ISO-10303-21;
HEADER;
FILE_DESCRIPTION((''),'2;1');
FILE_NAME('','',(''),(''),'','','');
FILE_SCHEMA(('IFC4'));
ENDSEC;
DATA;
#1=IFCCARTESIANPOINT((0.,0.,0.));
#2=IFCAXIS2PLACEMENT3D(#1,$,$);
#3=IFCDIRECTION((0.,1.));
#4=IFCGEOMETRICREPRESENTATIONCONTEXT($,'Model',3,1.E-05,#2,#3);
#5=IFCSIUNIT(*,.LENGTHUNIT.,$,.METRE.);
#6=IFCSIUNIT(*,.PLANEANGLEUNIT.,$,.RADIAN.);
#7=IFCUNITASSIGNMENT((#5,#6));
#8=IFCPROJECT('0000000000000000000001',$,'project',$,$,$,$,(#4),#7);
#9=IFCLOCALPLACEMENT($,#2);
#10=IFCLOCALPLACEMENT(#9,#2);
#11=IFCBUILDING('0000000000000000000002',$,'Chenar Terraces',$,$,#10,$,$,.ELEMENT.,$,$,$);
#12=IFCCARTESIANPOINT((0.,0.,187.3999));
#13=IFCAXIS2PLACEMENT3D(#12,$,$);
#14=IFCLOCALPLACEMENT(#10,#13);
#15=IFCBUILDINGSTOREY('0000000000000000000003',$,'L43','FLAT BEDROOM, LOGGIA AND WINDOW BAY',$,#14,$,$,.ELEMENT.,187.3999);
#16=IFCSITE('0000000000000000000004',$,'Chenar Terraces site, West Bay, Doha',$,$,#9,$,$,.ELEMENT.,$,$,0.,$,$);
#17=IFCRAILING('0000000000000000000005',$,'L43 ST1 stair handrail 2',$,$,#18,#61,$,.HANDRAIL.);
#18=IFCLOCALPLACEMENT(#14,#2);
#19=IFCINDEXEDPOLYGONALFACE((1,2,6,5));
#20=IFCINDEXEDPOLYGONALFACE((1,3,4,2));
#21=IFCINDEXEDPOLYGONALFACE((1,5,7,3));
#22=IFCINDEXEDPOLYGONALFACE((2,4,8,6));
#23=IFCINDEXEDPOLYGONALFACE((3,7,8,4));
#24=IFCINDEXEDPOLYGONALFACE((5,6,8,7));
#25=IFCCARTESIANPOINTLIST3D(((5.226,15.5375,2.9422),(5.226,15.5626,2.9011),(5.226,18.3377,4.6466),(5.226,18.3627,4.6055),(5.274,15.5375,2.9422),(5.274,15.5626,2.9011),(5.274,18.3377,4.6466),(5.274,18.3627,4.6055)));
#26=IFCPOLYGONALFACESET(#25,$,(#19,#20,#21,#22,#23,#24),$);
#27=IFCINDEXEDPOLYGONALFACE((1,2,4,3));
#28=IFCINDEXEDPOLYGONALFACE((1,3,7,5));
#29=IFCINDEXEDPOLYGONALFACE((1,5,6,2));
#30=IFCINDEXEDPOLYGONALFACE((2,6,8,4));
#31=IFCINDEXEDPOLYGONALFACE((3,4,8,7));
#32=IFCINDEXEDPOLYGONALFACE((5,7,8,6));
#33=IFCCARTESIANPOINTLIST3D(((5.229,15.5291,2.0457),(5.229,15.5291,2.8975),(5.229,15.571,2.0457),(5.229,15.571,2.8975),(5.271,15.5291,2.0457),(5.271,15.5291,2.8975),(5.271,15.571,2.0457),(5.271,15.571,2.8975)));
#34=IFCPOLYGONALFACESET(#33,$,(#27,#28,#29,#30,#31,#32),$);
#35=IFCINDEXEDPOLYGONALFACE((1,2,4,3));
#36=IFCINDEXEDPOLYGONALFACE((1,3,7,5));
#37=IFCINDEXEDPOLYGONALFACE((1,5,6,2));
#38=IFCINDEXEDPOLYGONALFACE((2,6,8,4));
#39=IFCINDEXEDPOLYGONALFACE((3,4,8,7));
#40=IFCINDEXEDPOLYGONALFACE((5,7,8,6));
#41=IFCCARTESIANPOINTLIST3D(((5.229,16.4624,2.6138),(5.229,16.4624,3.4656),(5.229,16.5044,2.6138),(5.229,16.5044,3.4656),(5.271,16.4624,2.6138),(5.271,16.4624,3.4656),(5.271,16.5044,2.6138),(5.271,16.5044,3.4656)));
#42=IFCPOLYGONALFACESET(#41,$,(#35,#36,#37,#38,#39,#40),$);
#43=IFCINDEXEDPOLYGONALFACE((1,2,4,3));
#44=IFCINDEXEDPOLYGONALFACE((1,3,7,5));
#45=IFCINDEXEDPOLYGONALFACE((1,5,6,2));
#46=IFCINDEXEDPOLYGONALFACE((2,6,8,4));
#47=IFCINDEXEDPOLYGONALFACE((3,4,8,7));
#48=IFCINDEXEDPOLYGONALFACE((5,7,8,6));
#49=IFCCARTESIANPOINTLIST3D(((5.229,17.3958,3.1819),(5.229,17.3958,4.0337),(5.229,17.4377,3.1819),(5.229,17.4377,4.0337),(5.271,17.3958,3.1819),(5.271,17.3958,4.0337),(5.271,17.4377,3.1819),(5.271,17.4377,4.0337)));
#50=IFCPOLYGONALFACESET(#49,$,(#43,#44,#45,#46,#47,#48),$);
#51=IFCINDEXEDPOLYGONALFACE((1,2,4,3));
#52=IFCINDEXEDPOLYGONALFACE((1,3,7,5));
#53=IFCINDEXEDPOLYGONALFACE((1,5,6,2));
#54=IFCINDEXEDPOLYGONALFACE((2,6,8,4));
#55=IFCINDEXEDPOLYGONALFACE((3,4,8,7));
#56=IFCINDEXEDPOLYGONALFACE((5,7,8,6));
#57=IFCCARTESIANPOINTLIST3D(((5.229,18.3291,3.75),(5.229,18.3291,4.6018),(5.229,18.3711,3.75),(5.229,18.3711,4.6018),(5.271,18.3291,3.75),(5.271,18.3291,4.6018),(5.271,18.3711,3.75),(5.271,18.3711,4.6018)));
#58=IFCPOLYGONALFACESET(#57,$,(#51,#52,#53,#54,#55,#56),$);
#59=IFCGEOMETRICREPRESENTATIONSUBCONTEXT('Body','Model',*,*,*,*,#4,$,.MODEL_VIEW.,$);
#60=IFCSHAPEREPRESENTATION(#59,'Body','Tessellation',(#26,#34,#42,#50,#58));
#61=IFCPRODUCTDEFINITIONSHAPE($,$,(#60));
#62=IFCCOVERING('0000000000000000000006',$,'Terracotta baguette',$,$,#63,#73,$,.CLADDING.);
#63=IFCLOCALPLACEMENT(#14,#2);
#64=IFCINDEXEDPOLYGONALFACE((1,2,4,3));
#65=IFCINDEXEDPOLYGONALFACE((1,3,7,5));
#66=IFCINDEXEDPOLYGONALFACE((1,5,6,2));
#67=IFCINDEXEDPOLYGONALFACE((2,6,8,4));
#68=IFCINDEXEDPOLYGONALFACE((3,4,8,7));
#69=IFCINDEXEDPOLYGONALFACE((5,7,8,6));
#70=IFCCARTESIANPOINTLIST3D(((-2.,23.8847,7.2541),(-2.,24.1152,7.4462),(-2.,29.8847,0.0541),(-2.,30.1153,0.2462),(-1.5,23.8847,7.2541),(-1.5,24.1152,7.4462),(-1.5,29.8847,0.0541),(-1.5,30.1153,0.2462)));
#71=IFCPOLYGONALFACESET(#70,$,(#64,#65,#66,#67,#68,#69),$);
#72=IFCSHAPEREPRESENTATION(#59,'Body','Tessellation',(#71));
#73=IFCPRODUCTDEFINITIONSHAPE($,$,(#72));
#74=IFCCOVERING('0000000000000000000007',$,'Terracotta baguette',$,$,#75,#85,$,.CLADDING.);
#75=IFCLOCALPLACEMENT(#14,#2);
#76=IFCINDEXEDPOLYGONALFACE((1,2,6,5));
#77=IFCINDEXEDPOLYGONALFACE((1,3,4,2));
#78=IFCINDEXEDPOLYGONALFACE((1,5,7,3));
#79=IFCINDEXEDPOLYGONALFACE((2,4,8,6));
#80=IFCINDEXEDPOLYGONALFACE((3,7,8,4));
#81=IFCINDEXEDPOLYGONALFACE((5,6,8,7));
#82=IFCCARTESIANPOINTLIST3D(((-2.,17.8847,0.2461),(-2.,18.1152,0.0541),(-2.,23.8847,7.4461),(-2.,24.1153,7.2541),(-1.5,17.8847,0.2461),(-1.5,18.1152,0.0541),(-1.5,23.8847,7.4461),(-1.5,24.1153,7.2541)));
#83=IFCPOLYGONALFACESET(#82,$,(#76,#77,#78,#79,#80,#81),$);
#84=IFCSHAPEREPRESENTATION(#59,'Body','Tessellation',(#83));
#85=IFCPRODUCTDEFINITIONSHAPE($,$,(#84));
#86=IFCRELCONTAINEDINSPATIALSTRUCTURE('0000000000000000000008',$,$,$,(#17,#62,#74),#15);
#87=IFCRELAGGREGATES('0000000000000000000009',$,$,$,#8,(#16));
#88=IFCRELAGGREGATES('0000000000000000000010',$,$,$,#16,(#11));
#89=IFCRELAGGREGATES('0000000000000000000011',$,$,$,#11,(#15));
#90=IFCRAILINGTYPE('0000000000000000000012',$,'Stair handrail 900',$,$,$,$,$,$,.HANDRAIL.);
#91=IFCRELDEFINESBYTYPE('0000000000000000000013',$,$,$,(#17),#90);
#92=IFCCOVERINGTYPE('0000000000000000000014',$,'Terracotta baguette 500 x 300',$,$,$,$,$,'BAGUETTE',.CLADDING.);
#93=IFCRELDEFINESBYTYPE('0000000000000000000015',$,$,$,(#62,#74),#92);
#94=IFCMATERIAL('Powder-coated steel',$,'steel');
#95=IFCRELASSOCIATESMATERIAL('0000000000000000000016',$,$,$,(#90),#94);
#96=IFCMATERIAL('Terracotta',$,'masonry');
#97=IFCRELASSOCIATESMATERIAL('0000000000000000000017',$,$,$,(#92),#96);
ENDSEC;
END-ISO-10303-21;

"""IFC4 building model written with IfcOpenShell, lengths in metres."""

from ifc_helpers import new_model, si_unit, direction, frame, origin, origin_2d, place, context, subcontext, project, spatial, rectangle, extrude, material, material_profile, profile_set, type_object, element, save


model = new_model("IFC4")

# Units and contexts
model_context = context("Model", 3, precision=1e-05, world=origin(), true_north=direction((0.0, 1.0)))
body_context = subcontext(model_context, "Body", "Model", "MODEL_VIEW")
ifc_project = project(units=[si_unit("LENGTHUNIT", "METRE"), si_unit("PLANEANGLEUNIT", "RADIAN")], contexts=[model_context])

# Site, building, storey
site_placement = place(None, origin())
site = spatial("IfcSite", under=ifc_project, at=site_placement, Name="Chenar Terraces site, West Bay, Doha", CompositionType="ELEMENT", RefElevation=0.0)
building_placement = place(site_placement, origin())
building = spatial("IfcBuilding", under=site, at=building_placement, Name="Chenar Terraces", CompositionType="ELEMENT")
storey_placement = place(building_placement, frame((0.0, 0.0, 187.3999)))
storey = spatial("IfcBuildingStorey", under=building, at=storey_placement, Name="L43", Description="FLAT BEDROOM, LOGGIA AND WINDOW BAY", CompositionType="ELEMENT", Elevation=187.3999)

# Railing
ifc_material_1 = material(Name="Powder-coated steel", Category="steel")
railing_type_1 = type_object("IfcRailingType", Name="Stair handrail 900", PredefinedType="HANDRAIL", material=ifc_material_1)
railing_1_placement = place(storey_placement, frame((5.25, 15.55, 2.0457)))
element("IfcRailing", 1, at=railing_1_placement, inside=storey, type_object=railing_type_1, Name="L43 ST1 stair handrail 2", PredefinedType="HANDRAIL", context=body_context, shape_type="SweptSolid", body=[
    extrude(rectangle(XDim=0.0481, YDim=0.0481, at=origin_2d()), frame((0.0, 0.0, 0.876), z_axis=(0.0, 0.854203, 0.51994), x_axis=(-1.0, 0.0, 0.0)), (0.0, 0.0, 1.0), 3.2781),
    extrude(rectangle(XDim=0.042, YDim=0.042, at=origin_2d()), origin(), (0.0, 0.0, 1.0), 0.8518),
    extrude(rectangle(XDim=0.042, YDim=0.042, at=origin_2d()), frame((0.0, 0.9333, 0.5681)), (0.0, 0.0, 1.0), 0.8518),
    extrude(rectangle(XDim=0.042, YDim=0.042, at=origin_2d()), frame((0.0, 1.8667, 1.1362)), (0.0, 0.0, 1.0), 0.8518),
    extrude(rectangle(XDim=0.042, YDim=0.042, at=origin_2d()), frame((0.0, 2.8, 1.7043)), (0.0, 0.0, 1.0), 0.8518),
])

# Coverings
ifc_material_2 = material(Name="Terracotta", Category="masonry")
ifc_material_profile_1 = material_profile(ifc_material_2, rectangle(XDim=0.5, YDim=0.3, at=origin_2d()), Name="Terracotta baguette 500 x 300")
ifc_profile_set_1 = profile_set([ifc_material_profile_1], Name="Terracotta")
covering_type = type_object("IfcCoveringType", Name="Terracotta baguette 500 x 300", ElementType="BAGUETTE", PredefinedType="CLADDING", material=ifc_profile_set_1)
for number, where, z_axis, x_axis, name in (
    (2, (-1.75, 30.0, 0.1501), (0.0, -0.640187, 0.768219), (1.0, 0.0, 0.0), "Terracotta baguette"),
    (3, (-1.75, 24.0, 7.3501), (0.0, -0.640187, -0.768219), (1.0, 0.0, 0.0), "Terracotta baguette"),
):
    element("IfcCovering", number, at=place(storey_placement, frame(where, z_axis=z_axis, x_axis=x_axis)), inside=storey, type_object=covering_type, Name=name, PredefinedType="CLADDING", context=body_context, shape_type="SweptSolid", body=[
        extrude(rectangle(XDim=0.5, YDim=0.3, at=origin_2d()), origin(), (0.0, 0.0, 1.0), 9.3723),
    ])

save(model, "model.ifc")
